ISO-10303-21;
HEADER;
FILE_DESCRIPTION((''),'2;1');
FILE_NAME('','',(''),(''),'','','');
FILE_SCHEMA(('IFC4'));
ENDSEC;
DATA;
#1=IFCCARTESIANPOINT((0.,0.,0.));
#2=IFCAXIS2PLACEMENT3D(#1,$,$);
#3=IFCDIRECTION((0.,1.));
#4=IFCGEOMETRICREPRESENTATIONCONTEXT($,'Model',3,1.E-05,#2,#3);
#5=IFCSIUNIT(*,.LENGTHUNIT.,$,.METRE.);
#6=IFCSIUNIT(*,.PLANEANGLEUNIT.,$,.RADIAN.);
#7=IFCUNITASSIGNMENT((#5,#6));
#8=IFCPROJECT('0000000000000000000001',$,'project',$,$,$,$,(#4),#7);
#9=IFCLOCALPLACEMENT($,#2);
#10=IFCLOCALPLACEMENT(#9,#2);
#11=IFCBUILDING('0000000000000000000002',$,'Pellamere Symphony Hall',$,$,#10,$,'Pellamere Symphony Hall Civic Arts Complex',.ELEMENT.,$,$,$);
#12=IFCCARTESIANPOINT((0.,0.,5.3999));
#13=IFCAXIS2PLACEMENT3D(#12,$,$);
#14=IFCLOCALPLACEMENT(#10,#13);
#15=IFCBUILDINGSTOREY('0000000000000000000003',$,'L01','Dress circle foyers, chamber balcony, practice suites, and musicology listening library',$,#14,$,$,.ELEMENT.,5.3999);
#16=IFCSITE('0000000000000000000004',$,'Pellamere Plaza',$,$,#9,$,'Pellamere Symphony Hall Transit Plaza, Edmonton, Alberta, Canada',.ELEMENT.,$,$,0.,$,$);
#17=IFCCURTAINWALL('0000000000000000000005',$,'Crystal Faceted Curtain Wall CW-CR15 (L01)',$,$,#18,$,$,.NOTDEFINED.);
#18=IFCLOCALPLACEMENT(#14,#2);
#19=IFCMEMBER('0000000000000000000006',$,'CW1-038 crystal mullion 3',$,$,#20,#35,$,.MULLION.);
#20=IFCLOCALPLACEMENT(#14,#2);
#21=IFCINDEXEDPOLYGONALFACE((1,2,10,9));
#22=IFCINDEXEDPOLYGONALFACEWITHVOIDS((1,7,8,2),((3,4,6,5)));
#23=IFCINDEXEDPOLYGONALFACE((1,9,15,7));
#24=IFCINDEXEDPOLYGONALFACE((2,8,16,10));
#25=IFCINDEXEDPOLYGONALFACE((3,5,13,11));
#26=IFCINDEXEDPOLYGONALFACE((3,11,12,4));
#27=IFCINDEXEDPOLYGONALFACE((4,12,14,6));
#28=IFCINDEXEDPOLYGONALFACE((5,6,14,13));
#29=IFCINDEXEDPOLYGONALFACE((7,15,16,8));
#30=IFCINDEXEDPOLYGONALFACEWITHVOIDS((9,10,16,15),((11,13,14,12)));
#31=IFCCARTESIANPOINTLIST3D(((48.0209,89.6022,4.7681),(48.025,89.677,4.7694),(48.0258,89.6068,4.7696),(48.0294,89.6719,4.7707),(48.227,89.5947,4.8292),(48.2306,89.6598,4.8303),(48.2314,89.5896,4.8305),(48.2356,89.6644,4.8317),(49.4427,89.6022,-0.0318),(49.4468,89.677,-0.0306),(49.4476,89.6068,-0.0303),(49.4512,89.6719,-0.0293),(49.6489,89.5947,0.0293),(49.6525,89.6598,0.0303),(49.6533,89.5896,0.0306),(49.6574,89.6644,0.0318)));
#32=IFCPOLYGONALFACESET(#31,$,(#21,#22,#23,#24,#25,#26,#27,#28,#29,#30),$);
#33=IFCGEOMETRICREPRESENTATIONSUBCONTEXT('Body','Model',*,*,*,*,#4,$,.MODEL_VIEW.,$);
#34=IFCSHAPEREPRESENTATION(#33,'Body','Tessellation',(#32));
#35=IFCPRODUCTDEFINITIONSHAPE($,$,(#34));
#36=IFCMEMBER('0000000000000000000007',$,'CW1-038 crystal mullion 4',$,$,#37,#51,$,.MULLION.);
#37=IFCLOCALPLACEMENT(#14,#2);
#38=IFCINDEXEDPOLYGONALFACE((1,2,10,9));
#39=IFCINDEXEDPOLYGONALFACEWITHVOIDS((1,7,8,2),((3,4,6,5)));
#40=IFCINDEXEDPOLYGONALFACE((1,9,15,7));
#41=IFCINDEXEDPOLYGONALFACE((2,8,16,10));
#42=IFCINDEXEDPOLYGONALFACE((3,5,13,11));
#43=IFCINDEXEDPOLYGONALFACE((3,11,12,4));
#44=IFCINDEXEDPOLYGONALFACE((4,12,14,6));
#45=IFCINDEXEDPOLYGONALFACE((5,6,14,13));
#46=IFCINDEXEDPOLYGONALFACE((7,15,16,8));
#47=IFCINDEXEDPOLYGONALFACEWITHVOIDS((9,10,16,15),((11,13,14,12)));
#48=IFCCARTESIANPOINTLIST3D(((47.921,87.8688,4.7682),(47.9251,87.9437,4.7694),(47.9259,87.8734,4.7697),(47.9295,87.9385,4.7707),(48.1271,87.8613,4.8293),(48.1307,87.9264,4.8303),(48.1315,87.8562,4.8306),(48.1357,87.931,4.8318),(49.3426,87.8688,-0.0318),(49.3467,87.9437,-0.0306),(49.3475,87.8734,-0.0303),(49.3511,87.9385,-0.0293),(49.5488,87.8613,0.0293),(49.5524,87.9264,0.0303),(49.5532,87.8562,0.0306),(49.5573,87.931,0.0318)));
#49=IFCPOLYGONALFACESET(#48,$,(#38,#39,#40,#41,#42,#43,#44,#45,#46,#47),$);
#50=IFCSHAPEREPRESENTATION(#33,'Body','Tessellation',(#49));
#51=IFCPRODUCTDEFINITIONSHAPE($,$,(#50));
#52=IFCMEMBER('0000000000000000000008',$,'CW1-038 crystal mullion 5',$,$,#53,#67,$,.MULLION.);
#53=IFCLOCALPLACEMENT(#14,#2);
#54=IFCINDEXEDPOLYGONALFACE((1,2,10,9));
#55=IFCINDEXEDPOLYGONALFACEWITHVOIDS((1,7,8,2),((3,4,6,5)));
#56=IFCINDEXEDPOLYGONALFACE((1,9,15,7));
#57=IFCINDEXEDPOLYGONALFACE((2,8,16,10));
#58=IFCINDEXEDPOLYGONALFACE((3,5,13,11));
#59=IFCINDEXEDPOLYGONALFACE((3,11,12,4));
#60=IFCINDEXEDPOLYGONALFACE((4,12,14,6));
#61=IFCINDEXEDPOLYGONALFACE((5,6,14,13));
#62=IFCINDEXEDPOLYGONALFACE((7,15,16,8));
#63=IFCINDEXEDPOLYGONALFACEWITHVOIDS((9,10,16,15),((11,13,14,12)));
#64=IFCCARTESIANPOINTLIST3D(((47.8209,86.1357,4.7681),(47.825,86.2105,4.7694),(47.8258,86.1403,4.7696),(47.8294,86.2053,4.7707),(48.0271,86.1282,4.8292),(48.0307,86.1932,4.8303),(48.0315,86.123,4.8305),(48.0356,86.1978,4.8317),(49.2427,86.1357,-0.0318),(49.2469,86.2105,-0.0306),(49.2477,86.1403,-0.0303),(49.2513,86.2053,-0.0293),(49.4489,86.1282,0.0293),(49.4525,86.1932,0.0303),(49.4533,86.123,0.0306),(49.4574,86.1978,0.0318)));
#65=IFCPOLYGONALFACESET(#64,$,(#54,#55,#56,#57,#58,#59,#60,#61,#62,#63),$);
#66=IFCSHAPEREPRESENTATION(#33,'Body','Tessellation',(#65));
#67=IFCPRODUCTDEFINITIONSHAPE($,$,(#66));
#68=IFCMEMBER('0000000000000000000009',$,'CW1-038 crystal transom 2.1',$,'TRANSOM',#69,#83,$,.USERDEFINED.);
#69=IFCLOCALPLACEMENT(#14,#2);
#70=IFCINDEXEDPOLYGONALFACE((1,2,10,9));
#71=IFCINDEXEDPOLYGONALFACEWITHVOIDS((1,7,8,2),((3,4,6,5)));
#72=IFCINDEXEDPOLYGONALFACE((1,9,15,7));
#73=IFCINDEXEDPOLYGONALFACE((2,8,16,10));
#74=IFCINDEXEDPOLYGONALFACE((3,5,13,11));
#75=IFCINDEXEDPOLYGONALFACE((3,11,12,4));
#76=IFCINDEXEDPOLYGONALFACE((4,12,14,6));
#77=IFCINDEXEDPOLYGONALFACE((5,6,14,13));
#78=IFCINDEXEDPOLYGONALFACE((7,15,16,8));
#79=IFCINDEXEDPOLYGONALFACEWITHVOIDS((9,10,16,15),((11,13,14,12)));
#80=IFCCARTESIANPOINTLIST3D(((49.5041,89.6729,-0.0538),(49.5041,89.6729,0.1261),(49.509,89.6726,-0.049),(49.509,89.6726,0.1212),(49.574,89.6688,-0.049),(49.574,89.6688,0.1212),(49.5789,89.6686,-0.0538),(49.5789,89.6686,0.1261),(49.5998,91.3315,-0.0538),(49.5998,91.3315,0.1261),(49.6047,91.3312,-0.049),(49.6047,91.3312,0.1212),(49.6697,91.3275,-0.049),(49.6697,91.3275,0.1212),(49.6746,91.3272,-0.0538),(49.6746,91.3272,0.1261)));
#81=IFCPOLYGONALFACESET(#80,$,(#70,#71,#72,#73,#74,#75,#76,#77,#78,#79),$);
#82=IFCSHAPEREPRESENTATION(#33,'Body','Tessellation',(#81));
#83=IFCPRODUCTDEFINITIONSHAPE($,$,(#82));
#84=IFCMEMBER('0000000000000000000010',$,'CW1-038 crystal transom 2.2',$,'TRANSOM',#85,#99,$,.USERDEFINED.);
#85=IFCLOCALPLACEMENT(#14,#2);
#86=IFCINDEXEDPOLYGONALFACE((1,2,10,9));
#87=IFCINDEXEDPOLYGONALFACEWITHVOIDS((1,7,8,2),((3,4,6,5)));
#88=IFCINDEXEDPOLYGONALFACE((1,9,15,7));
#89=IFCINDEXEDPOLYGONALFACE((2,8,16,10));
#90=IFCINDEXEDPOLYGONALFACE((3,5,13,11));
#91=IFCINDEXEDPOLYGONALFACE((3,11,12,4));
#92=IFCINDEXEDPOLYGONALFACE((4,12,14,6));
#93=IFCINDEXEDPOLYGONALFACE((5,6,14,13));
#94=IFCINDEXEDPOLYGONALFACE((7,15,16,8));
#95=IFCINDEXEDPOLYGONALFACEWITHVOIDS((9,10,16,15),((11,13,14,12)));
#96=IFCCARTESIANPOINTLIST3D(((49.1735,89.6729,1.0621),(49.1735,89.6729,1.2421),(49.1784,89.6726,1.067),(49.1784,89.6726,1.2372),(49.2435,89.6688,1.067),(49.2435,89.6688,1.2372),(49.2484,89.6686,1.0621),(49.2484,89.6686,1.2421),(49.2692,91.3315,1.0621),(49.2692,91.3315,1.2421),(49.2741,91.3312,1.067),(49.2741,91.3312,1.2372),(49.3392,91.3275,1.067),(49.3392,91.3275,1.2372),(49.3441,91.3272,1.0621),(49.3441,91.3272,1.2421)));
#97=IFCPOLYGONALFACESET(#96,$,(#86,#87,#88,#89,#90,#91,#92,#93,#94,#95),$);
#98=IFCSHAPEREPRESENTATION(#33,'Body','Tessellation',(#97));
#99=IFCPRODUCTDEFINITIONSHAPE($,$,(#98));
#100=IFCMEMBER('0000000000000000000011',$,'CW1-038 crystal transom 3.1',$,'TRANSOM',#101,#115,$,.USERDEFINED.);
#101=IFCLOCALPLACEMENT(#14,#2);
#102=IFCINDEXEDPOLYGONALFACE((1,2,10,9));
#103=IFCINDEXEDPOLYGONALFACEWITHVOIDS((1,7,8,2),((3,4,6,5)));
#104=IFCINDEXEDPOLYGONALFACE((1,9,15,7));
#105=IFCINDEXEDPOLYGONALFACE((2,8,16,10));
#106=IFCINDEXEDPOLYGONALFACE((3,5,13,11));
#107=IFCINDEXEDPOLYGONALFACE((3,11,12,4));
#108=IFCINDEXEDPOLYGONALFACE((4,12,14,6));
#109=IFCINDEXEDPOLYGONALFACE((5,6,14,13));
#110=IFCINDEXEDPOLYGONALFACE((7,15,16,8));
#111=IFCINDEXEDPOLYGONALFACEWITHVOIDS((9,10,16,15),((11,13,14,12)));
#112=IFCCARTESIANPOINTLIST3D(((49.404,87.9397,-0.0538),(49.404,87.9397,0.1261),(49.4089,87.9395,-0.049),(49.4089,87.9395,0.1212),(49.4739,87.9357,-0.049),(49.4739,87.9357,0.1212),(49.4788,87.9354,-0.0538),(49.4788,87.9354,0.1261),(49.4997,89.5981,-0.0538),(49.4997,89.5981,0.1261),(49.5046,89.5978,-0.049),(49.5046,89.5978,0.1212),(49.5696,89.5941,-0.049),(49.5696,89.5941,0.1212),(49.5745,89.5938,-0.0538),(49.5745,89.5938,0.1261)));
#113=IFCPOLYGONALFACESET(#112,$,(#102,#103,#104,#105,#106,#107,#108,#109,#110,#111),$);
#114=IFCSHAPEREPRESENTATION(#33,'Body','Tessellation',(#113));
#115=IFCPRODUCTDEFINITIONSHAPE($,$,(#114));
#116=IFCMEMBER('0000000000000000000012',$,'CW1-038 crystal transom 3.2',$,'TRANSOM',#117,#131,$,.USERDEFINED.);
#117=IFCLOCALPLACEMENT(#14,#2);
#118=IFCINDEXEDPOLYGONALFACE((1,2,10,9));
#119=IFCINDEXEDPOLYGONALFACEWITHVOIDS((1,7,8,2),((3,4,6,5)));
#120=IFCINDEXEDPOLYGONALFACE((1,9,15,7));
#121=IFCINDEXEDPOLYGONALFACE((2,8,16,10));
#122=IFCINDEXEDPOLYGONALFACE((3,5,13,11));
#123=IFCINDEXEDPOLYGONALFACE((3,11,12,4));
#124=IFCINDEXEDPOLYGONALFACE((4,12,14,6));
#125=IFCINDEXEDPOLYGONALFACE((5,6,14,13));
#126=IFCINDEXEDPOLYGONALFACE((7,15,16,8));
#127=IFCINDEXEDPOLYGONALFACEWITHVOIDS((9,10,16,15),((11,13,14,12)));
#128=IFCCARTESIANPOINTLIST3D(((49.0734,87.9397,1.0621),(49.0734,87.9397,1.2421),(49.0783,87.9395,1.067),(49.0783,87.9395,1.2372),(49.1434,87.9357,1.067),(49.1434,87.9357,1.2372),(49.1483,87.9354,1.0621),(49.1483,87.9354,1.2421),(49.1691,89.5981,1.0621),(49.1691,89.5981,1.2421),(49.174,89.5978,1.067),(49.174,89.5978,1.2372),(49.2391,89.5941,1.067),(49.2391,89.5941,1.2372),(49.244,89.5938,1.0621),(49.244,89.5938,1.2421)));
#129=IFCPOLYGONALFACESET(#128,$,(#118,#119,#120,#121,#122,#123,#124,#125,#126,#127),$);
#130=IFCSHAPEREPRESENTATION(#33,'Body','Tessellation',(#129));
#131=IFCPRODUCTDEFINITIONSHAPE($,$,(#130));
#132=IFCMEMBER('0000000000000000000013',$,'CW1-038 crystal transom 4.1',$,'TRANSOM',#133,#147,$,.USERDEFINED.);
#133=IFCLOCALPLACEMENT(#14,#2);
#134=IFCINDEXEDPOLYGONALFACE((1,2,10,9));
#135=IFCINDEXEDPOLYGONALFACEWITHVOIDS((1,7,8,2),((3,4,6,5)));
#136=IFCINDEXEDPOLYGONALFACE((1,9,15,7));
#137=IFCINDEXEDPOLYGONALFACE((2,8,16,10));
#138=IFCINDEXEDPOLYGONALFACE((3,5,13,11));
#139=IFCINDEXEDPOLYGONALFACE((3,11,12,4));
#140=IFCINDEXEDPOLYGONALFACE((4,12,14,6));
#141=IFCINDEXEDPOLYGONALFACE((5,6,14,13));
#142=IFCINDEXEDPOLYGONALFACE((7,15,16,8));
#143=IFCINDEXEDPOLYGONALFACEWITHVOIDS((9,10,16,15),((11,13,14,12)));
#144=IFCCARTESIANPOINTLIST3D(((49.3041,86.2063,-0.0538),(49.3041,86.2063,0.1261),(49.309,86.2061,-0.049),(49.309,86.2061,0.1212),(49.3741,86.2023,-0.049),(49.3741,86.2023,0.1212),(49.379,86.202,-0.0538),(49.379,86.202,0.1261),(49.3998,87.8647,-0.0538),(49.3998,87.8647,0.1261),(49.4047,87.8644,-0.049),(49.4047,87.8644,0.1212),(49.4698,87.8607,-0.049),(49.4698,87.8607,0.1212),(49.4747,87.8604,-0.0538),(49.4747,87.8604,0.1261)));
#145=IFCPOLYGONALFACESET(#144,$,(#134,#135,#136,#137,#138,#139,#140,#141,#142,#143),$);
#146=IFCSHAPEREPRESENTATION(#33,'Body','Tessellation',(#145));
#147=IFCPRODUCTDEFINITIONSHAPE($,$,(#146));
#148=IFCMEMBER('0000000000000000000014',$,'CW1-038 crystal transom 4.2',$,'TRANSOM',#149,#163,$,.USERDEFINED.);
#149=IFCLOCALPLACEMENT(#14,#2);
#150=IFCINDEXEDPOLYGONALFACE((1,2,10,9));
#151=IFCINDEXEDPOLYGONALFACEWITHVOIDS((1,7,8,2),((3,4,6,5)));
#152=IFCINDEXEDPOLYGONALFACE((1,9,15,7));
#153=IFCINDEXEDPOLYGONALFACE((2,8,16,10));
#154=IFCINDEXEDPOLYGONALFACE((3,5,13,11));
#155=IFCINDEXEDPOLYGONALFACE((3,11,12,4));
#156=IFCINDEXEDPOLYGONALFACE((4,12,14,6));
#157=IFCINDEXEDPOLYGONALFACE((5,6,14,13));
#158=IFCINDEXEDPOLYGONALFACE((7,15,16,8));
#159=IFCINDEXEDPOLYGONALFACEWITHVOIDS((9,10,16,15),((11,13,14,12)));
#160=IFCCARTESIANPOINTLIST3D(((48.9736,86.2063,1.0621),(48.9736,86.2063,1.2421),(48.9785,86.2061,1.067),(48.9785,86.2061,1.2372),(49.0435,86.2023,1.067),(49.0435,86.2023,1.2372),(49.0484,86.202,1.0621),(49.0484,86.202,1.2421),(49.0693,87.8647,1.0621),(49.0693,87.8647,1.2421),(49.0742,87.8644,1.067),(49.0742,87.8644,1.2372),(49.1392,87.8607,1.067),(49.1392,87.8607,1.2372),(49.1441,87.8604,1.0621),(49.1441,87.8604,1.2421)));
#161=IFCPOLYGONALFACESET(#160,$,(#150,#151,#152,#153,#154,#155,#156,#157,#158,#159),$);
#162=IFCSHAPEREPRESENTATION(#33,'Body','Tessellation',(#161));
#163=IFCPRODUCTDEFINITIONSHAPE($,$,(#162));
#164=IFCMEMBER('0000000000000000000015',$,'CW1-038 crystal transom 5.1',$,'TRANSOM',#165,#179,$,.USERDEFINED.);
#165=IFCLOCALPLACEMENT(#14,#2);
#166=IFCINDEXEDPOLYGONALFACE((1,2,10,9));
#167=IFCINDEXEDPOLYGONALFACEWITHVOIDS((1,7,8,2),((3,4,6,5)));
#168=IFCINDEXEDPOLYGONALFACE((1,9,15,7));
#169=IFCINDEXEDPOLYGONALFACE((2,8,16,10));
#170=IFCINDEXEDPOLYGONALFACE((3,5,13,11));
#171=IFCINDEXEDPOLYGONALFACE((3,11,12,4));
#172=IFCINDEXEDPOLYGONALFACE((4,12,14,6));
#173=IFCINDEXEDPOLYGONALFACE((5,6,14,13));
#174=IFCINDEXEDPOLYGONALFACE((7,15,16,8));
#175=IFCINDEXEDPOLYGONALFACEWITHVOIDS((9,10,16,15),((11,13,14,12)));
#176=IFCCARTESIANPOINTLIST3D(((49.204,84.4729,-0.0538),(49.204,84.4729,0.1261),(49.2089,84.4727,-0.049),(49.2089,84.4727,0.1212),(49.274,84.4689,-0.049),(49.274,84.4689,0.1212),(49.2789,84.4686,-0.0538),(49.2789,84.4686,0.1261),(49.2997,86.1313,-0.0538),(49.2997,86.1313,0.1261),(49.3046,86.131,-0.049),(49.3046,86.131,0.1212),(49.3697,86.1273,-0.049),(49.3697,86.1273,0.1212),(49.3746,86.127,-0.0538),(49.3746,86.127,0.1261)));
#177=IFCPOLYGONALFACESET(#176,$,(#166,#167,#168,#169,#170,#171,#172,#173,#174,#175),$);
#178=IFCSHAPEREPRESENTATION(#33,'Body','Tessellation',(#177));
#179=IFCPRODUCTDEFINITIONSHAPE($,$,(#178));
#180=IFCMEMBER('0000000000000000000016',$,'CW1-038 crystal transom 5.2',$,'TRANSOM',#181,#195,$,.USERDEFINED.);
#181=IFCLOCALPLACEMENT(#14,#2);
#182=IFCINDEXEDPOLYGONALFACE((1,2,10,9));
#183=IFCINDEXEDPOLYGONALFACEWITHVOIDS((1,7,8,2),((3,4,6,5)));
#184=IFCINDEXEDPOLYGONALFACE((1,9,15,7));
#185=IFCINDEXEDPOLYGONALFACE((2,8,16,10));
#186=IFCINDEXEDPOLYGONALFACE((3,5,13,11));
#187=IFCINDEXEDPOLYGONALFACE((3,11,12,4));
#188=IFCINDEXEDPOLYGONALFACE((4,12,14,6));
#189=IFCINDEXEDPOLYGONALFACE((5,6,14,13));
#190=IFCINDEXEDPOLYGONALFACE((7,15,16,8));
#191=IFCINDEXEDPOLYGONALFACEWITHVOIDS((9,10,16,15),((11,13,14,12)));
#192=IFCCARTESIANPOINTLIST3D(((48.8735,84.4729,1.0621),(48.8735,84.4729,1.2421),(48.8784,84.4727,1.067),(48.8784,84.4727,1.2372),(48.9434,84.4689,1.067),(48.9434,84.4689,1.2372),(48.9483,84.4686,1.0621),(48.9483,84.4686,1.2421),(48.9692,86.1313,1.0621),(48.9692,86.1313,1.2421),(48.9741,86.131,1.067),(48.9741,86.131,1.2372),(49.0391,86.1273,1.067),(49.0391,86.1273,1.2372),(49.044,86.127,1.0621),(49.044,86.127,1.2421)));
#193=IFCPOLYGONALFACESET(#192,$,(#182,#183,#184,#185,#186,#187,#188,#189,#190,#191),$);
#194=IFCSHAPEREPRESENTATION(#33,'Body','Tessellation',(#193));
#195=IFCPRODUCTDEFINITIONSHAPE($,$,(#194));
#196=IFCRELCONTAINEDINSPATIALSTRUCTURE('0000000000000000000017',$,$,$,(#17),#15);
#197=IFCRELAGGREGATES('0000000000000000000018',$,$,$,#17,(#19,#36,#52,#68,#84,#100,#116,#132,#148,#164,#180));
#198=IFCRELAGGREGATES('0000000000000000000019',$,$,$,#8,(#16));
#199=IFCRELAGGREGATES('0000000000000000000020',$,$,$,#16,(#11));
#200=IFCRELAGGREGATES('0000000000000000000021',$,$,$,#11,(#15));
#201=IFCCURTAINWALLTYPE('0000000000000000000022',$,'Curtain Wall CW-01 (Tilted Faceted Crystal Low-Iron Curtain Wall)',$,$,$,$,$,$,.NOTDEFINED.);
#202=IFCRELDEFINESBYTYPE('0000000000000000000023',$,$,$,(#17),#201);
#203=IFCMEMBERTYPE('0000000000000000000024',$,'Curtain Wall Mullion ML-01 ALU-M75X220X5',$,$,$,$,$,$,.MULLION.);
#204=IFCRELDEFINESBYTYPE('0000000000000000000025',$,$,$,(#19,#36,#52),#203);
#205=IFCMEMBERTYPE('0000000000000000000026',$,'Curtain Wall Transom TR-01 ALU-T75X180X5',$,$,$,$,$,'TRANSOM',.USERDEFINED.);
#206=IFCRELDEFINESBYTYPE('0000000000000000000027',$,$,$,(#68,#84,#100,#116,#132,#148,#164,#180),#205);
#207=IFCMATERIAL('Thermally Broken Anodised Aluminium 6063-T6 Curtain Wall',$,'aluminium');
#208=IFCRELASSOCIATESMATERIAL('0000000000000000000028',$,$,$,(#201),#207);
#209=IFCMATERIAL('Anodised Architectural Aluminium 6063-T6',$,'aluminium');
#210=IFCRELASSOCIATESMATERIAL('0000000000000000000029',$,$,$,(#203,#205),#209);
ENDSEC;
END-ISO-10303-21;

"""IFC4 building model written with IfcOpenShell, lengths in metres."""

from ifc_helpers import new_model, si_unit, direction, frame, origin, origin_2d, place, context, subcontext, project, spatial, hollow_rectangle, extrude, material, material_profile, profile_set, type_object, element, aggregate, save


model = new_model("IFC4")

# Units and contexts
model_context = context("Model", 3, precision=1e-05, world=origin(), true_north=direction((0.0, 1.0)))
body_context = subcontext(model_context, "Body", "Model", "MODEL_VIEW")
ifc_project = project(units=[si_unit("LENGTHUNIT", "METRE"), si_unit("PLANEANGLEUNIT", "RADIAN")], contexts=[model_context])

# Site, building, storey
site_placement = place(None, origin())
site = spatial("IfcSite", under=ifc_project, at=site_placement, Name="Pellamere Plaza", LongName="Pellamere Symphony Hall Transit Plaza, Edmonton, Alberta, Canada", CompositionType="ELEMENT", RefElevation=0.0)
building_placement = place(site_placement, origin())
building = spatial("IfcBuilding", under=site, at=building_placement, Name="Pellamere Symphony Hall", LongName="Pellamere Symphony Hall Civic Arts Complex", CompositionType="ELEMENT")
storey_placement = place(building_placement, frame((0.0, 0.0, 5.3999)))
storey = spatial("IfcBuildingStorey", under=building, at=storey_placement, Name="L01", Description="Dress circle foyers, chamber balcony, practice suites, and musicology listening library", CompositionType="ELEMENT", Elevation=5.3999)

# Curtain wall, members
ifc_material_1 = material(Name="Thermally Broken Anodised Aluminium 6063-T6 Curtain Wall", Category="aluminium")
curtain_wall_type = type_object("IfcCurtainWallType", Name="Curtain Wall CW-01 (Tilted Faceted Crystal Low-Iron Curtain Wall)", PredefinedType="NOTDEFINED", material=ifc_material_1)
curtain_wall_placement = place(storey_placement, origin())
curtain_wall = element("IfcCurtainWall", 1, at=curtain_wall_placement, inside=storey, type_object=curtain_wall_type, Name="Crystal Faceted Curtain Wall CW-CR15 (L01)", PredefinedType="NOTDEFINED")
ifc_material_2 = material(Name="Anodised Architectural Aluminium 6063-T6", Category="aluminium")
ifc_material_profile_1 = material_profile(ifc_material_2, hollow_rectangle(XDim=0.075, YDim=0.22, WallThickness=0.0049, at=origin_2d()), Name="ALU-M75X220X5")
ifc_profile_set_1 = profile_set([ifc_material_profile_1], Name="Anodised Architectural Aluminium 6063-T6")
member_type_1 = type_object("IfcMemberType", Name="Curtain Wall Mullion ML-01 ALU-M75X220X5", PredefinedType="MULLION", material=ifc_profile_set_1)
member_1_placement = place(storey_placement, frame((49.55, 89.6333, 0.0), z_axis=(-0.284022, 0.0, 0.958818), x_axis=(-0.055225, -0.99834, -0.016359)))
member_1 = element("IfcMember", 2, at=member_1_placement, type_object=member_type_1, Name="CW1-038 crystal mullion 3", PredefinedType="MULLION", context=body_context, shape_type="SweptSolid", body=[
    extrude(hollow_rectangle(XDim=0.075, YDim=0.22, WallThickness=0.0049, at=origin_2d()), origin(), (0.0, 0.0, 1.0), 5.0061),
])
member_2_placement = place(storey_placement, frame((49.45, 87.8999, 0.0), z_axis=(-0.283977, 0.0, 0.958831), x_axis=(-0.055225, -0.99834, -0.016356)))
member_2 = element("IfcMember", 3, at=member_2_placement, type_object=member_type_1, Name="CW1-038 crystal mullion 4", PredefinedType="MULLION", context=body_context, shape_type="SweptSolid", body=[
    extrude(hollow_rectangle(XDim=0.075, YDim=0.22, WallThickness=0.0049, at=origin_2d()), origin(), (0.0, 0.0, 1.0), 5.0061),
])
member_3_placement = place(storey_placement, frame((49.3501, 86.1667, 0.0), z_axis=(-0.284022, 0.0, 0.958818), x_axis=(-0.055225, -0.99834, -0.016359)))
member_3 = element("IfcMember", 4, at=member_3_placement, type_object=member_type_1, Name="CW1-038 crystal mullion 5", PredefinedType="MULLION", context=body_context, shape_type="SweptSolid", body=[
    extrude(hollow_rectangle(XDim=0.075, YDim=0.22, WallThickness=0.0049, at=origin_2d()), origin(), (0.0, 0.0, 1.0), 5.0061),
])
ifc_material_profile_2 = material_profile(ifc_material_2, hollow_rectangle(XDim=0.075, YDim=0.1799, WallThickness=0.0049, at=origin_2d()), Name="ALU-T75X180X5")
ifc_profile_set_2 = profile_set([ifc_material_profile_2], Name="Anodised Architectural Aluminium 6063-T6")
member_type_2 = type_object("IfcMemberType", Name="Curtain Wall Transom TR-01 ALU-T75X180X5", ElementType="TRANSOM", PredefinedType="USERDEFINED", material=ifc_profile_set_2)
member_4_placement = place(storey_placement, frame((49.6372, 91.3293, 0.0361), z_axis=(-0.057602, -0.99834, 0.0), x_axis=(0.99834, -0.057602, 0.0)))
member_4 = element("IfcMember", 5, at=member_4_placement, type_object=member_type_2, Name="CW1-038 crystal transom 2.1", ObjectType="TRANSOM", PredefinedType="USERDEFINED", context=body_context, shape_type="SweptSolid", body=[
    extrude(hollow_rectangle(XDim=0.075, YDim=0.1799, WallThickness=0.0049, at=origin_2d()), origin(), (0.0, 0.0, 1.0), 1.6614),
])
member_5_placement = place(storey_placement, frame((49.3066, 91.3293, 1.1521), z_axis=(-0.057602, -0.99834, 0.0), x_axis=(0.99834, -0.057602, 0.0)))
member_5 = element("IfcMember", 6, at=member_5_placement, type_object=member_type_2, Name="CW1-038 crystal transom 2.2", ObjectType="TRANSOM", PredefinedType="USERDEFINED", context=body_context, shape_type="SweptSolid", body=[
    extrude(hollow_rectangle(XDim=0.075, YDim=0.1799, WallThickness=0.0049, at=origin_2d()), origin(), (0.0, 0.0, 1.0), 1.6614),
])
member_6_placement = place(storey_placement, frame((49.5371, 89.5959, 0.0361), z_axis=(-0.057611, -0.998339, 0.0), x_axis=(0.998339, -0.057611, 0.0)))
member_6 = element("IfcMember", 7, at=member_6_placement, type_object=member_type_2, Name="CW1-038 crystal transom 3.1", ObjectType="TRANSOM", PredefinedType="USERDEFINED", context=body_context, shape_type="SweptSolid", body=[
    extrude(hollow_rectangle(XDim=0.075, YDim=0.1799, WallThickness=0.0049, at=origin_2d()), origin(), (0.0, 0.0, 1.0), 1.6611),
])
member_7_placement = place(storey_placement, frame((49.2065, 89.5959, 1.1521), z_axis=(-0.057611, -0.998339, 0.0), x_axis=(0.998339, -0.057611, 0.0)))
member_7 = element("IfcMember", 8, at=member_7_placement, type_object=member_type_2, Name="CW1-038 crystal transom 3.2", ObjectType="TRANSOM", PredefinedType="USERDEFINED", context=body_context, shape_type="SweptSolid", body=[
    extrude(hollow_rectangle(XDim=0.075, YDim=0.1799, WallThickness=0.0049, at=origin_2d()), origin(), (0.0, 0.0, 1.0), 1.6611),
])
member_8_placement = place(storey_placement, frame((49.4373, 87.8625, 0.0361), z_axis=(-0.057611, -0.998339, 0.0), x_axis=(0.998339, -0.057611, 0.0)))
member_8 = element("IfcMember", 9, at=member_8_placement, type_object=member_type_2, Name="CW1-038 crystal transom 4.1", ObjectType="TRANSOM", PredefinedType="USERDEFINED", context=body_context, shape_type="SweptSolid", body=[
    extrude(hollow_rectangle(XDim=0.075, YDim=0.1799, WallThickness=0.0049, at=origin_2d()), origin(), (0.0, 0.0, 1.0), 1.6611),
])
member_9_placement = place(storey_placement, frame((49.1067, 87.8625, 1.1521), z_axis=(-0.057611, -0.998339, 0.0), x_axis=(0.998339, -0.057611, 0.0)))
member_9 = element("IfcMember", 10, at=member_9_placement, type_object=member_type_2, Name="CW1-038 crystal transom 4.2", ObjectType="TRANSOM", PredefinedType="USERDEFINED", context=body_context, shape_type="SweptSolid", body=[
    extrude(hollow_rectangle(XDim=0.075, YDim=0.1799, WallThickness=0.0049, at=origin_2d()), origin(), (0.0, 0.0, 1.0), 1.6611),
])
member_10_placement = place(storey_placement, frame((49.3372, 86.1292, 0.0361), z_axis=(-0.057611, -0.998339, 0.0), x_axis=(0.998339, -0.057611, 0.0)))
member_10 = element("IfcMember", 11, at=member_10_placement, type_object=member_type_2, Name="CW1-038 crystal transom 5.1", ObjectType="TRANSOM", PredefinedType="USERDEFINED", context=body_context, shape_type="SweptSolid", body=[
    extrude(hollow_rectangle(XDim=0.075, YDim=0.1799, WallThickness=0.0049, at=origin_2d()), origin(), (0.0, 0.0, 1.0), 1.6611),
])
member_11_placement = place(storey_placement, frame((49.0066, 86.1292, 1.1521), z_axis=(-0.057611, -0.998339, 0.0), x_axis=(0.998339, -0.057611, 0.0)))
member_11 = element("IfcMember", 12, at=member_11_placement, type_object=member_type_2, Name="CW1-038 crystal transom 5.2", ObjectType="TRANSOM", PredefinedType="USERDEFINED", context=body_context, shape_type="SweptSolid", body=[
    extrude(hollow_rectangle(XDim=0.075, YDim=0.1799, WallThickness=0.0049, at=origin_2d()), origin(), (0.0, 0.0, 1.0), 1.6611),
])
aggregate(curtain_wall, [member_1, member_2, member_3, member_4, member_5, member_6, member_7, member_8, member_9, member_10, member_11])

save(model, "model.ifc")
